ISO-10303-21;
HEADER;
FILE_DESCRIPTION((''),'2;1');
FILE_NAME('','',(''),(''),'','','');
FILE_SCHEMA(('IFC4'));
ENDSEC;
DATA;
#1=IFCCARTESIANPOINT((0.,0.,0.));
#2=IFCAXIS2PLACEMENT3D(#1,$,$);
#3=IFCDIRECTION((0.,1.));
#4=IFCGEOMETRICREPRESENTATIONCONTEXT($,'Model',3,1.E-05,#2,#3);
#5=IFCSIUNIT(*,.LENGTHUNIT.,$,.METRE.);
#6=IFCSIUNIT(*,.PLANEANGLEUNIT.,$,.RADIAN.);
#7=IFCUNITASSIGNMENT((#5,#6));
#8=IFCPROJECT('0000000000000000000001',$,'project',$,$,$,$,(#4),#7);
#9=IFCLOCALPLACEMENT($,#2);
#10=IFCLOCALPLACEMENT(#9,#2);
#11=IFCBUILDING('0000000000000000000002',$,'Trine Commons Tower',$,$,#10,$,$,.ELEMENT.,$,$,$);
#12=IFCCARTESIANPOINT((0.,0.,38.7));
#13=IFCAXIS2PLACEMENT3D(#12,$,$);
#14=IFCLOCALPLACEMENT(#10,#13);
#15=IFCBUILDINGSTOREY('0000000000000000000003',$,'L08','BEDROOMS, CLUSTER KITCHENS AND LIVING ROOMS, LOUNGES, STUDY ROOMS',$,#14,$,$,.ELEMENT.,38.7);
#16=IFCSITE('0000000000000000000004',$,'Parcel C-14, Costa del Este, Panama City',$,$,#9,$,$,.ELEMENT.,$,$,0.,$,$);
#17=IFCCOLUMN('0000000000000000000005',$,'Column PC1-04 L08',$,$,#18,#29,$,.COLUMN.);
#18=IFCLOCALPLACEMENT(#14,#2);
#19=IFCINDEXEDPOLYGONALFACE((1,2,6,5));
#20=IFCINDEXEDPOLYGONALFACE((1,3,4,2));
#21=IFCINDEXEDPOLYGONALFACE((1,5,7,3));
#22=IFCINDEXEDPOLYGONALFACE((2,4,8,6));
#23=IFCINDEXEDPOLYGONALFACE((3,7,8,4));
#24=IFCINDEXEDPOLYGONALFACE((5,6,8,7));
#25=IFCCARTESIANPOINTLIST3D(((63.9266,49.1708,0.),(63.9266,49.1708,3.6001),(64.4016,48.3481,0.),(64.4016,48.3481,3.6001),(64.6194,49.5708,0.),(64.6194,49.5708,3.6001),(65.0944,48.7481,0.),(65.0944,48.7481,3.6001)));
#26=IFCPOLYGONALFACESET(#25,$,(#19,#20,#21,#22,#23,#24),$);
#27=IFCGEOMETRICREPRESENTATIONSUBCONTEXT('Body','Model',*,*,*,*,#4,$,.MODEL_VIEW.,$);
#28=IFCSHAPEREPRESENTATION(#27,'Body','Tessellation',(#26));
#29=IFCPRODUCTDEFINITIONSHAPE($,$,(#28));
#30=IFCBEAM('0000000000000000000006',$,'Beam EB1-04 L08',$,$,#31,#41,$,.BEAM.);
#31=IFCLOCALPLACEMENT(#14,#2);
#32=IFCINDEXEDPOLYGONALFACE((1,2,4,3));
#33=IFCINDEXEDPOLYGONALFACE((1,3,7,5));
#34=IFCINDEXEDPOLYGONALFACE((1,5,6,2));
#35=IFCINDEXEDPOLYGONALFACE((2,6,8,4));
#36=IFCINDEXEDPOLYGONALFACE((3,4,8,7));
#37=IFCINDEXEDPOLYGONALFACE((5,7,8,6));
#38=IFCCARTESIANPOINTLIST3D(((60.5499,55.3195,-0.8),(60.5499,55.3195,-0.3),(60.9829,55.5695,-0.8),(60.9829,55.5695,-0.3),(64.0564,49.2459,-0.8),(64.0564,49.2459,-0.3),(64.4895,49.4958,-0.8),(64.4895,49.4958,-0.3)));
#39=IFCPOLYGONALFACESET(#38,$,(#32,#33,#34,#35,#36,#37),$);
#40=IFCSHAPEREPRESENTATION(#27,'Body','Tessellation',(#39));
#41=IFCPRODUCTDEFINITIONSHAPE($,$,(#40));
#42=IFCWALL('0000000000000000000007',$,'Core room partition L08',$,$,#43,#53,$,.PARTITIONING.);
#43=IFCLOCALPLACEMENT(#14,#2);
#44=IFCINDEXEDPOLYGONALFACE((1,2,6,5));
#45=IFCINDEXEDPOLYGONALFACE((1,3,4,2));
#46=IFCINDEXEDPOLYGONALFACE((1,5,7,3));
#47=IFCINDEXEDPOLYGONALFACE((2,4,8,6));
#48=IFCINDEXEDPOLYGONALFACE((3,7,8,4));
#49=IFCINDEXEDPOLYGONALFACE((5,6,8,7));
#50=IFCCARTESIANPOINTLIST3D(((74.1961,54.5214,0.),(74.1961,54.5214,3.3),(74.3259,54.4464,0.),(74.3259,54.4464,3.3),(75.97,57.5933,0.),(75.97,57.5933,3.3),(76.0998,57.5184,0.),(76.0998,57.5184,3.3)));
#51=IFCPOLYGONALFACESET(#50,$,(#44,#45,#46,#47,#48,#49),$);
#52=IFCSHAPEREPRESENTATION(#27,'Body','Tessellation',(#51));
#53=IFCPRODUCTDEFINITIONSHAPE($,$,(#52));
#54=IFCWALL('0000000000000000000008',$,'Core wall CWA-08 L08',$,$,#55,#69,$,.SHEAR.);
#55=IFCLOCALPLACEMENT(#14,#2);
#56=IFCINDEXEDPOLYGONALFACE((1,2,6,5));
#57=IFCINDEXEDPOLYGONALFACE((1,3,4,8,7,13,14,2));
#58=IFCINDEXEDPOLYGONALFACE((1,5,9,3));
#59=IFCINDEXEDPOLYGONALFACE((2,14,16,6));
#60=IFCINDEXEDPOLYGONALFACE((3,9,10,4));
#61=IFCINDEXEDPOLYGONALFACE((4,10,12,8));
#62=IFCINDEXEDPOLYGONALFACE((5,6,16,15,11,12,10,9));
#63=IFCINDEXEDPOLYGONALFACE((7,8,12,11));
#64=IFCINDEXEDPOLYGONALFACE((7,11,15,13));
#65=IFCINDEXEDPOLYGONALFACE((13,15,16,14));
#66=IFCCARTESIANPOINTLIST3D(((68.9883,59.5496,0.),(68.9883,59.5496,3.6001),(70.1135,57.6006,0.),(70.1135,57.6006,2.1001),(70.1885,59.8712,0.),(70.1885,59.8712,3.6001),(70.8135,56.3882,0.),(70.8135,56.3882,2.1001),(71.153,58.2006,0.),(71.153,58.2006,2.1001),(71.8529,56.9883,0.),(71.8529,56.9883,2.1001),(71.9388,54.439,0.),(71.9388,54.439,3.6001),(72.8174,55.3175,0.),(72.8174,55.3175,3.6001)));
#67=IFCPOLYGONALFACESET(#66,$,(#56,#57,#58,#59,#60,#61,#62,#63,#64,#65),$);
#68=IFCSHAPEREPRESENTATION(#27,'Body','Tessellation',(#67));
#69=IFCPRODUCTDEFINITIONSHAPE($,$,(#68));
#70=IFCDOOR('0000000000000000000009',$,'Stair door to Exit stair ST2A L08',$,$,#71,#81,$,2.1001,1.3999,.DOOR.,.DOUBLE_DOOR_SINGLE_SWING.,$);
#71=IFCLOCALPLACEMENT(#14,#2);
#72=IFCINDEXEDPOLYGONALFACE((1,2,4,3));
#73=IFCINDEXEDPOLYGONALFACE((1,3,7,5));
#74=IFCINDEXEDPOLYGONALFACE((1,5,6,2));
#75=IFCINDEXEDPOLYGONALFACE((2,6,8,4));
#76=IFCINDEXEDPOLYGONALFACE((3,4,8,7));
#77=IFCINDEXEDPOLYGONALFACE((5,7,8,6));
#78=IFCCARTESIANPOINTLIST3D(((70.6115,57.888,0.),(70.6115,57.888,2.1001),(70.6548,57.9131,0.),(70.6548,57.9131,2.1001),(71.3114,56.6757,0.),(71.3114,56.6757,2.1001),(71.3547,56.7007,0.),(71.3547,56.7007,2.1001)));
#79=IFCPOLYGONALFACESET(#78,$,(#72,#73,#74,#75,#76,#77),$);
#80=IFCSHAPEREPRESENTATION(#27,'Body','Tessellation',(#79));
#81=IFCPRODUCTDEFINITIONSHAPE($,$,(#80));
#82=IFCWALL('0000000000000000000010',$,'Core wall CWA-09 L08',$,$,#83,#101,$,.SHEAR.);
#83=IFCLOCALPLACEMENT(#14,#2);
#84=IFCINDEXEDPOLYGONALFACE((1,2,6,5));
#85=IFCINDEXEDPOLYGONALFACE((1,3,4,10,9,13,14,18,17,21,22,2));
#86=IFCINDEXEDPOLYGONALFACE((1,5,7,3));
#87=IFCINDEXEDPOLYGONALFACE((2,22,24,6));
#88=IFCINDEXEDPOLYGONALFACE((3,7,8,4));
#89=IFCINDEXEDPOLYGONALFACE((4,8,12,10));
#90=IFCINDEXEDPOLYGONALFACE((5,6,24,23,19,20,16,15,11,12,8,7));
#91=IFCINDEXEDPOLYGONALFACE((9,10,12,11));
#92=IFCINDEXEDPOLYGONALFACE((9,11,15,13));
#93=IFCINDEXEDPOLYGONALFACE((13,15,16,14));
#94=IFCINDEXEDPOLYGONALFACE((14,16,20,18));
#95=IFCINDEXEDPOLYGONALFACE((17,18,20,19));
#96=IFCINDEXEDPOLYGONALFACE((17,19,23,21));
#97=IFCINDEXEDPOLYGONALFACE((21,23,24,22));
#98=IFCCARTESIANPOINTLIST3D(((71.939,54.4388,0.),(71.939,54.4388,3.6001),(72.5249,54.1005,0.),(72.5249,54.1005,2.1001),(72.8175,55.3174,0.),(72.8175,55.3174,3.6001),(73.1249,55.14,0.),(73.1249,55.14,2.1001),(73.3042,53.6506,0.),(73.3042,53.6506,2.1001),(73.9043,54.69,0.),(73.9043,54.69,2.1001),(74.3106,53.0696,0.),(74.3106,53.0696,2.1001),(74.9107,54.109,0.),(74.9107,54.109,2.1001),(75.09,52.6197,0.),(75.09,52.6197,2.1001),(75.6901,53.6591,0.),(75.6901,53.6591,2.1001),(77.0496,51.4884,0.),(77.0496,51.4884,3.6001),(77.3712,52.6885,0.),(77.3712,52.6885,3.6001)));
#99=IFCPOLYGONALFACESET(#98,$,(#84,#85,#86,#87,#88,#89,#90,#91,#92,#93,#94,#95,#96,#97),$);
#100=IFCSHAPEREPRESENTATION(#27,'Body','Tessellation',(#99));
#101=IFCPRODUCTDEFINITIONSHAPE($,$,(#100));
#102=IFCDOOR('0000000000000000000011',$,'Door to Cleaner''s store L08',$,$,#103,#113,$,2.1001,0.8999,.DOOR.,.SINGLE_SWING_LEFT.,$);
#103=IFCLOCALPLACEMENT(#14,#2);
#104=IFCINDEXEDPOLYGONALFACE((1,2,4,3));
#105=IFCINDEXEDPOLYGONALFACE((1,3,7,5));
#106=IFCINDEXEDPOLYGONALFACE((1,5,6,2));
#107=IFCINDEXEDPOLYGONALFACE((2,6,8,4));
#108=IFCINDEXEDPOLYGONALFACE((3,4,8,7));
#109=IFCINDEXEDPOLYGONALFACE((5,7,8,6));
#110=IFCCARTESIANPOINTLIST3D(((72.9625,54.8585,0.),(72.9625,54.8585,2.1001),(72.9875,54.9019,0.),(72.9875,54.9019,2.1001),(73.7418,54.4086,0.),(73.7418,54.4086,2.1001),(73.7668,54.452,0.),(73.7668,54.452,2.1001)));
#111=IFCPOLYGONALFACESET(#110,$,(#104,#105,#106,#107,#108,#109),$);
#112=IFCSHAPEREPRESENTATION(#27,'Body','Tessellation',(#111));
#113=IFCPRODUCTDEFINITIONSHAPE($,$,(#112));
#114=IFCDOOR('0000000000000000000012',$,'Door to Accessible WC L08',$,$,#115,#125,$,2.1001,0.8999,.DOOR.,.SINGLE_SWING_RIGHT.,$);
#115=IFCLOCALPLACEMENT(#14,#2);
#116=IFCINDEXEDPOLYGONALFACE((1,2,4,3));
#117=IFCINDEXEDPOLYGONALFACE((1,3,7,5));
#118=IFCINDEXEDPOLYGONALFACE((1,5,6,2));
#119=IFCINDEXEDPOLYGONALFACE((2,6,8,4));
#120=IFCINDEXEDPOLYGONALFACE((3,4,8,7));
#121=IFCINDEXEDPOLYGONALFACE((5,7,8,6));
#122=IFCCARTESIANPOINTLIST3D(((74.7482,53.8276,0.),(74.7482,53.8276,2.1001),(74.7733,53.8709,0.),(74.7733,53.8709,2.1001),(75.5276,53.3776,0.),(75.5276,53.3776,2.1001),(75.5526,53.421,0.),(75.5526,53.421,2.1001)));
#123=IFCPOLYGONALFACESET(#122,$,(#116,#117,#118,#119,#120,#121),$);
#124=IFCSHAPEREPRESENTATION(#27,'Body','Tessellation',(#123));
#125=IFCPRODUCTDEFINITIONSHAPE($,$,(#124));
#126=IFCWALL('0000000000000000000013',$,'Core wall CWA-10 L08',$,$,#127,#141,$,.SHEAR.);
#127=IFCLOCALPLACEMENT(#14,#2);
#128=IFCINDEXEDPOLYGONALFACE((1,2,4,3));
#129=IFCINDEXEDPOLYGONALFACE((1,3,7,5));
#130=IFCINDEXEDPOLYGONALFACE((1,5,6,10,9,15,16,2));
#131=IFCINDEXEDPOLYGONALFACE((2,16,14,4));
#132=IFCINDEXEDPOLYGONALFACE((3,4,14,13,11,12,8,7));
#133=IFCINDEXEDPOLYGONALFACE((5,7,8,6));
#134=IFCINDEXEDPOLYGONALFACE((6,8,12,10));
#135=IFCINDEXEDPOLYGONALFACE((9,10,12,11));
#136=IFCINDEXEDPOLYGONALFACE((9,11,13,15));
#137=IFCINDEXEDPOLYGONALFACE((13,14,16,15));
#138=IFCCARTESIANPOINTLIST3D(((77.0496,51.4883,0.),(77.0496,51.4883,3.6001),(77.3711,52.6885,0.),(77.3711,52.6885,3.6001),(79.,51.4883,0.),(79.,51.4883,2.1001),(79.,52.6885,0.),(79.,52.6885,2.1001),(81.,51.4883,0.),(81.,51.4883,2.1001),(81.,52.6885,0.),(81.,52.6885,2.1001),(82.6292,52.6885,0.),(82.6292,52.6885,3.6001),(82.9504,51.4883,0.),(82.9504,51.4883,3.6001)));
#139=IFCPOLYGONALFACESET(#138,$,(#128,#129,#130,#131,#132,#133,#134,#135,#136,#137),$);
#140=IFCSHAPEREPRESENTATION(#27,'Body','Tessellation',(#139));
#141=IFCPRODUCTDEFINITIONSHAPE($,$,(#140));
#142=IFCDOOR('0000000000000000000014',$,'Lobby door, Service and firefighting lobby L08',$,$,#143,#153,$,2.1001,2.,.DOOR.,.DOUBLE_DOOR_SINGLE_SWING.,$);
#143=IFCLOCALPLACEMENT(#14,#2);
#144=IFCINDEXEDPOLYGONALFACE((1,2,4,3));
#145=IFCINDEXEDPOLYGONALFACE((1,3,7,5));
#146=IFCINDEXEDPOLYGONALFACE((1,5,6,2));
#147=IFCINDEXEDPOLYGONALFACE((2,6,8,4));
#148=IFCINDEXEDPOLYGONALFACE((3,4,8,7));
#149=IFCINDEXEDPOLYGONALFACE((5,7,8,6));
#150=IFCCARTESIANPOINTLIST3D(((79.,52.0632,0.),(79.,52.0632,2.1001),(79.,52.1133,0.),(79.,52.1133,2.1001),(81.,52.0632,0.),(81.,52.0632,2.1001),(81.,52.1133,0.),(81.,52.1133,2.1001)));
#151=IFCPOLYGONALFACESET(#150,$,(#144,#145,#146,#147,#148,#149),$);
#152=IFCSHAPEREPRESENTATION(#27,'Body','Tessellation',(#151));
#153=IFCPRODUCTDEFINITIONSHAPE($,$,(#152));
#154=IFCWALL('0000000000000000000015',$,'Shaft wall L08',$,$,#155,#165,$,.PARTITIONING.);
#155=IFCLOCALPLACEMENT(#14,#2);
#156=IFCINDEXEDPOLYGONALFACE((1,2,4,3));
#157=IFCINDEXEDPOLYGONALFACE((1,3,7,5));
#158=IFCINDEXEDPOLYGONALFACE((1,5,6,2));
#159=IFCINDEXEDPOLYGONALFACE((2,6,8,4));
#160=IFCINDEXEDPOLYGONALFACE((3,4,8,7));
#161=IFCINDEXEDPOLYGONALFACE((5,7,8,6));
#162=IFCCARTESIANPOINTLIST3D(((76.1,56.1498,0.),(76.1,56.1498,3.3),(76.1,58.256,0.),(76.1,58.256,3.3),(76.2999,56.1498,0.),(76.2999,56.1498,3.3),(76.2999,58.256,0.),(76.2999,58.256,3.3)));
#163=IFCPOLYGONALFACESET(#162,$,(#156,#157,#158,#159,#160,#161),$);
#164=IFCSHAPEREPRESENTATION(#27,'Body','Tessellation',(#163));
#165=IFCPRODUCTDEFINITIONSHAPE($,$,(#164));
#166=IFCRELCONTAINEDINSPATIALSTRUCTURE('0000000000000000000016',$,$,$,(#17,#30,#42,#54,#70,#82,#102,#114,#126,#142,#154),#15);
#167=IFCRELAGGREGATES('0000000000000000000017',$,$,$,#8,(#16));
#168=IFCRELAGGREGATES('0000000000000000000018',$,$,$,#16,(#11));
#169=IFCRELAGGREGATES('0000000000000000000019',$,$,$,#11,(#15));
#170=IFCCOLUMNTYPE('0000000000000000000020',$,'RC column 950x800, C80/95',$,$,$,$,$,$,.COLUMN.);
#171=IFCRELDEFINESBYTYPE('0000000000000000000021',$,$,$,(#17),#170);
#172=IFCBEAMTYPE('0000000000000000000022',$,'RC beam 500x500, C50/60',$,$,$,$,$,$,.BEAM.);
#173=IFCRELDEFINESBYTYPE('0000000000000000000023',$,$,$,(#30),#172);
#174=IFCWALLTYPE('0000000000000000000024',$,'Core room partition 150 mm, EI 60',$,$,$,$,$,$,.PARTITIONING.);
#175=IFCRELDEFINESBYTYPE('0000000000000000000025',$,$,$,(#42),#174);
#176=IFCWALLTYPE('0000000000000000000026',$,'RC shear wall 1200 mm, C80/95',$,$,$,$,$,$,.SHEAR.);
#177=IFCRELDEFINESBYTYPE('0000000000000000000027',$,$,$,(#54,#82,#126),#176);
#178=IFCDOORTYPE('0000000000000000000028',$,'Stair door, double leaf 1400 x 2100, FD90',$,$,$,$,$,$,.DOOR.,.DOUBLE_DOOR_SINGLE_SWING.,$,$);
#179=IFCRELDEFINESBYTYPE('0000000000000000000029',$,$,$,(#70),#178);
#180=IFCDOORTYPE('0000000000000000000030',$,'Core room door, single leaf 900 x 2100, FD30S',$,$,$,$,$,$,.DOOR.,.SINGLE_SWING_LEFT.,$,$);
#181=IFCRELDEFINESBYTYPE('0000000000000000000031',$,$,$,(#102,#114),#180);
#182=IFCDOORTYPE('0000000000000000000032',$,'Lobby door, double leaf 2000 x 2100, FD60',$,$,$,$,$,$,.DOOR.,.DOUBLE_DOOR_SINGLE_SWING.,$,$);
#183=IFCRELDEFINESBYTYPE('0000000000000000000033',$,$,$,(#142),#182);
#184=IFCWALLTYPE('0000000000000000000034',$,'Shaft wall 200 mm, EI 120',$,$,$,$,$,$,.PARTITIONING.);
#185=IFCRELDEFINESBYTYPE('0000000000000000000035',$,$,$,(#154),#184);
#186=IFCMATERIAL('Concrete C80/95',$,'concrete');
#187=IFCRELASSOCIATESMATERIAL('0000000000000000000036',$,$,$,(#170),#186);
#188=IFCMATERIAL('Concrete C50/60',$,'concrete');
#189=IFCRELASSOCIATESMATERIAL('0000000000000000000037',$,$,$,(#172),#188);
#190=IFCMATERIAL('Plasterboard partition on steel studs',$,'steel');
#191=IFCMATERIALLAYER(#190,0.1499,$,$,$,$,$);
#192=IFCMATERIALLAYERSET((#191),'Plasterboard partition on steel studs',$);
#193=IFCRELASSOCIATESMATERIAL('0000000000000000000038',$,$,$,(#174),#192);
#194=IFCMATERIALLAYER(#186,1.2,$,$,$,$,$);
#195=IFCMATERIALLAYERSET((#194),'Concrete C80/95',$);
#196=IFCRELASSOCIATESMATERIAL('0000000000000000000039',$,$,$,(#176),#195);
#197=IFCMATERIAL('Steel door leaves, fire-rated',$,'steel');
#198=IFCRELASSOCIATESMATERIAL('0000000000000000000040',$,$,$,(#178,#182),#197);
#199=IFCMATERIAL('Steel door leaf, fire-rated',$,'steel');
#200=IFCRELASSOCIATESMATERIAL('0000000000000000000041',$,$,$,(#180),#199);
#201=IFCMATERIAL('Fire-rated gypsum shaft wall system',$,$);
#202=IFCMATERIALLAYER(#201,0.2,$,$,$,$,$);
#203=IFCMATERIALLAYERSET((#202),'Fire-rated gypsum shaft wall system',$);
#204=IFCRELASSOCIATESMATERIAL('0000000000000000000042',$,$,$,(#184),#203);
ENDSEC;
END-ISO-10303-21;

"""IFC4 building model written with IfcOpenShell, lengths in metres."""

from ifc_helpers import new_model, si_unit, direction, frame, frame_2d, origin, origin_2d, place, context, subcontext, project, spatial, polyline, rectangle, outline, extrude, material, layer, layer_set, material_profile, profile_set, type_object, element, fill, save


model = new_model("IFC4")

# Units and contexts
model_context = context("Model", 3, precision=1e-05, world=origin(), true_north=direction((0.0, 1.0)))
body_context = subcontext(model_context, "Body", "Model", "MODEL_VIEW")
ifc_project = project(units=[si_unit("LENGTHUNIT", "METRE"), si_unit("PLANEANGLEUNIT", "RADIAN")], contexts=[model_context])

# Site, building, storey
site_placement = place(None, origin())
site = spatial("IfcSite", under=ifc_project, at=site_placement, Name="Parcel C-14, Costa del Este, Panama City", CompositionType="ELEMENT", RefElevation=0.0)
building_placement = place(site_placement, origin())
building = spatial("IfcBuilding", under=site, at=building_placement, Name="Trine Commons Tower", CompositionType="ELEMENT")
storey_placement = place(building_placement, frame((0.0, 0.0, 38.7)))
storey = spatial("IfcBuildingStorey", under=building, at=storey_placement, Name="L08", Description="BEDROOMS, CLUSTER KITCHENS AND LIVING ROOMS, LOUNGES, STUDY ROOMS", CompositionType="ELEMENT", Elevation=38.7)

# Column
ifc_material_1 = material(Name="Concrete C80/95", Category="concrete")
ifc_material_profile_1 = material_profile(ifc_material_1, rectangle(XDim=0.95, YDim=0.8, at=origin_2d()), Name="RC 950x800")
ifc_profile_set_1 = profile_set([ifc_material_profile_1], Name="Concrete C80/95")
column_type = type_object("IfcColumnType", Name="RC column 950x800, C80/95", PredefinedType="COLUMN", material=ifc_profile_set_1)
column_placement = place(storey_placement, frame((64.5105, 48.9595, 0.0), z_axis=(0.0, 0.0, 1.0), x_axis=(-0.5, 0.866025, 0.0)))
element("IfcColumn", 1, at=column_placement, inside=storey, type_object=column_type, Name="Column PC1-04 L08", PredefinedType="COLUMN", context=body_context, shape_type="SweptSolid", body=[
    extrude(rectangle(XDim=0.95, YDim=0.8, at=origin_2d()), origin(), (0.0, 0.0, 1.0), 3.6001),
])

# Beam
ifc_material_2 = material(Name="Concrete C50/60", Category="concrete")
ifc_material_profile_2 = material_profile(ifc_material_2, rectangle(XDim=0.5, YDim=0.5, at=origin_2d()), Name="RC 500x500")
ifc_profile_set_2 = profile_set([ifc_material_profile_2], Name="Concrete C50/60")
beam_type = type_object("IfcBeamType", Name="RC beam 500x500, C50/60", PredefinedType="BEAM", material=ifc_profile_set_2)
beam_placement = place(storey_placement, frame((64.2729, 49.3708, -0.55), z_axis=(-0.499992, 0.86603, 0.0), x_axis=(-0.86603, -0.499992, 0.0)))
element("IfcBeam", 2, at=beam_placement, inside=storey, type_object=beam_type, Name="Beam EB1-04 L08", PredefinedType="BEAM", context=body_context, shape_type="SweptSolid", body=[
    extrude(rectangle(XDim=0.5, YDim=0.5, at=origin_2d()), origin(), (0.0, 0.0, 1.0), 7.0132),
])

# Wall
ifc_material_3 = material(Name="Plasterboard partition on steel studs", Category="steel")
ifc_layer_1 = layer(ifc_material_3, 0.1499)
ifc_layer_set_1 = layer_set([ifc_layer_1], Name="Plasterboard partition on steel studs")
wall_type_1 = type_object("IfcWallType", Name="Core room partition 150 mm, EI 60", PredefinedType="PARTITIONING", material=ifc_layer_set_1)
wall_1_placement = place(storey_placement, frame((74.261, 54.4839, 0.0), z_axis=(0.0, 0.0, 1.0), x_axis=(0.500062, 0.86599, 0.0)))
element("IfcWall", 3, at=wall_1_placement, inside=storey, type_object=wall_type_1, Name="Core room partition L08", PredefinedType="PARTITIONING", context=body_context, shape_type="SweptSolid", body=[
    extrude(rectangle(XDim=3.5474, YDim=0.1499, at=frame_2d((1.7737, 0.0))), origin(), (0.0, 0.0, 1.0), 3.3),
])

# Wall, opening, door
ifc_layer_2 = layer(ifc_material_1, 1.2)
ifc_layer_set_2 = layer_set([ifc_layer_2], Name="Concrete C80/95")
wall_type_2 = type_object("IfcWallType", Name="RC shear wall 1200 mm, C80/95", PredefinedType="SHEAR", material=ifc_layer_set_2)
wall_2_placement = place(storey_placement, frame((69.5081, 59.8496, 0.0), z_axis=(0.0, 0.0, 1.0), x_axis=(0.499979, -0.866037, 0.0)))
wall_2 = element("IfcWall", 4, at=wall_2_placement, inside=storey, type_object=wall_type_2, Name="Core wall CWA-08 L08", PredefinedType="SHEAR", context=body_context, shape_type="SweptSolid", body=[
    extrude(outline(polyline([(0.0, -0.6001), (5.9011, -0.6001), (5.5796, 0.6001), (0.3215, 0.6001), (0.0, -0.6001)])), origin(), (0.0, 0.0, 1.0), 3.6001),
])
opening_1_placement = place(wall_2_placement, frame((2.2505, 0.0, 0.0)))
opening_1 = element("IfcOpeningElement", 5, at=opening_1_placement, cuts=wall_2, PredefinedType="OPENING", context=body_context, shape_type="SweptSolid", body=[
    extrude(rectangle(XDim=1.3999, YDim=2.1001, at=frame_2d((0.7, 1.05))), frame((0.0, 0.6099, 0.0), z_axis=(0.0, -1.0, 0.0), x_axis=(1.0, 0.0, 0.0)), (0.0, 0.0, 1.0), 1.22),
])
ifc_material_4 = material(Name="Steel door leaves, fire-rated", Category="steel")
door_type_1 = type_object("IfcDoorType", Name="Stair door, double leaf 1400 x 2100, FD90", OperationType="DOUBLE_DOOR_SINGLE_SWING", PredefinedType="DOOR", material=ifc_material_4)
door_1_placement = place(opening_1_placement, origin())
door_1 = element("IfcDoor", 6, at=door_1_placement, inside=storey, type_object=door_type_1, Name="Stair door to Exit stair ST2A L08", OperationType="DOUBLE_DOOR_SINGLE_SWING", OverallHeight=2.1001, OverallWidth=1.3999, PredefinedType="DOOR", context=body_context, shape_type="SweptSolid", body=[
    extrude(rectangle(XDim=1.3999, YDim=2.1001, at=frame_2d((0.7, 1.05))), frame((0.0, 0.0249, 0.0), z_axis=(0.0, -1.0, 0.0), x_axis=(1.0, 0.0, 0.0)), (0.0, 0.0, 1.0), 0.05),
])
fill(opening_1, door_1)

# Wall, openings, doors
wall_3_placement = place(storey_placement, frame((72.239, 54.9585, 0.0), z_axis=(0.0, 0.0, 1.0), x_axis=(0.866037, -0.499979, 0.0)))
wall_3 = element("IfcWall", 7, at=wall_3_placement, inside=storey, type_object=wall_type_2, Name="Core wall CWA-09 L08", PredefinedType="SHEAR", context=body_context, shape_type="SweptSolid", body=[
    extrude(outline(polyline([(0.0, -0.6001), (5.9011, -0.6001), (5.5796, 0.6001), (0.3215, 0.6001), (0.0, -0.6001)])), origin(), (0.0, 0.0, 1.0), 3.6001),
])
opening_2_placement = place(wall_3_placement, frame((0.6765, 0.0, 0.0)))
opening_2 = element("IfcOpeningElement", 8, at=opening_2_placement, cuts=wall_3, PredefinedType="OPENING", context=body_context, shape_type="SweptSolid", body=[
    extrude(rectangle(XDim=0.8999, YDim=2.1001, at=frame_2d((0.45, 1.05))), frame((0.0, 0.6099, 0.0), z_axis=(0.0, -1.0, 0.0), x_axis=(1.0, 0.0, 0.0)), (0.0, 0.0, 1.0), 1.22),
])
opening_3_placement = place(wall_3_placement, frame((2.7385, 0.0, 0.0)))
opening_3 = element("IfcOpeningElement", 9, at=opening_3_placement, cuts=wall_3, PredefinedType="OPENING", context=body_context, shape_type="SweptSolid", body=[
    extrude(rectangle(XDim=0.8999, YDim=2.1001, at=frame_2d((0.45, 1.05))), frame((0.0, 0.6099, 0.0), z_axis=(0.0, -1.0, 0.0), x_axis=(1.0, 0.0, 0.0)), (0.0, 0.0, 1.0), 1.22),
])
ifc_material_5 = material(Name="Steel door leaf, fire-rated", Category="steel")
door_type_2 = type_object("IfcDoorType", Name="Core room door, single leaf 900 x 2100, FD30S", OperationType="SINGLE_SWING_LEFT", PredefinedType="DOOR", material=ifc_material_5)
door_2_placement = place(opening_2_placement, origin())
door_2 = element("IfcDoor", 10, at=door_2_placement, inside=storey, type_object=door_type_2, Name="Door to Cleaner's store L08", OperationType="SINGLE_SWING_LEFT", OverallHeight=2.1001, OverallWidth=0.8999, PredefinedType="DOOR", context=body_context, shape_type="SweptSolid", body=[
    extrude(rectangle(XDim=0.8999, YDim=2.1001, at=frame_2d((0.45, 1.05))), frame((0.0, 0.3252, 0.0), z_axis=(0.0, -1.0, 0.0), x_axis=(1.0, 0.0, 0.0)), (0.0, 0.0, 1.0), 0.05),
])
fill(opening_2, door_2)
door_3_placement = place(opening_3_placement, origin())
door_3 = element("IfcDoor", 11, at=door_3_placement, inside=storey, type_object=door_type_2, Name="Door to Accessible WC L08", OperationType="SINGLE_SWING_RIGHT", OverallHeight=2.1001, OverallWidth=0.8999, PredefinedType="DOOR", context=body_context, shape_type="SweptSolid", body=[
    extrude(rectangle(XDim=0.8999, YDim=2.1001, at=frame_2d((0.45, 1.05))), frame((0.0, 0.3252, 0.0), z_axis=(0.0, -1.0, 0.0), x_axis=(1.0, 0.0, 0.0)), (0.0, 0.0, 1.0), 0.05),
])
fill(opening_3, door_3)

# Wall, opening, door
wall_4_placement = place(storey_placement, frame((77.0496, 52.0884, 0.0), z_axis=(0.0, 0.0, 1.0), x_axis=(1.0, 0.0, 0.0)))
wall_4 = element("IfcWall", 12, at=wall_4_placement, inside=storey, type_object=wall_type_2, Name="Core wall CWA-10 L08", PredefinedType="SHEAR", context=body_context, shape_type="SweptSolid", body=[
    extrude(outline(polyline([(0.0, -0.6001), (5.9009, -0.6001), (5.5796, 0.6001), (0.3215, 0.6001), (0.0, -0.6001)])), origin(), (0.0, 0.0, 1.0), 3.6001),
])
opening_4_placement = place(wall_4_placement, frame((1.9504, 0.0, 0.0)))
opening_4 = element("IfcOpeningElement", 13, at=opening_4_placement, cuts=wall_4, PredefinedType="OPENING", context=body_context, shape_type="SweptSolid", body=[
    extrude(rectangle(XDim=2.0, YDim=2.1001, at=frame_2d((1.0, 1.05))), frame((0.0, 0.6099, 0.0), z_axis=(0.0, -1.0, 0.0), x_axis=(1.0, 0.0, 0.0)), (0.0, 0.0, 1.0), 1.22),
])
door_type_3 = type_object("IfcDoorType", Name="Lobby door, double leaf 2000 x 2100, FD60", OperationType="DOUBLE_DOOR_SINGLE_SWING", PredefinedType="DOOR", material=ifc_material_4)
door_4_placement = place(opening_4_placement, origin())
door_4 = element("IfcDoor", 14, at=door_4_placement, inside=storey, type_object=door_type_3, Name="Lobby door, Service and firefighting lobby L08", OperationType="DOUBLE_DOOR_SINGLE_SWING", OverallHeight=2.1001, OverallWidth=2.0, PredefinedType="DOOR", context=body_context, shape_type="SweptSolid", body=[
    extrude(rectangle(XDim=2.0, YDim=2.1001, at=frame_2d((1.0, 1.05))), frame((0.0, 0.0249, 0.0), z_axis=(0.0, -1.0, 0.0), x_axis=(1.0, 0.0, 0.0)), (0.0, 0.0, 1.0), 0.05),
])
fill(opening_4, door_4)

# Wall
ifc_material_6 = material(Name="Fire-rated gypsum shaft wall system")
ifc_layer_3 = layer(ifc_material_6, 0.2)
ifc_layer_set_3 = layer_set([ifc_layer_3], Name="Fire-rated gypsum shaft wall system")
wall_type_3 = type_object("IfcWallType", Name="Shaft wall 200 mm, EI 120", PredefinedType="PARTITIONING", material=ifc_layer_set_3)
wall_5_placement = place(storey_placement, frame((76.2, 58.2561, 0.0), z_axis=(0.0, 0.0, 1.0), x_axis=(0.0, -1.0, 0.0)))
element("IfcWall", 15, at=wall_5_placement, inside=storey, type_object=wall_type_3, Name="Shaft wall L08", PredefinedType="PARTITIONING", context=body_context, shape_type="SweptSolid", body=[
    extrude(rectangle(XDim=2.1062, YDim=0.2, at=frame_2d((1.0532, 0.0))), origin(), (0.0, 0.0, 1.0), 3.3),
])

save(model, "model.ifc")
